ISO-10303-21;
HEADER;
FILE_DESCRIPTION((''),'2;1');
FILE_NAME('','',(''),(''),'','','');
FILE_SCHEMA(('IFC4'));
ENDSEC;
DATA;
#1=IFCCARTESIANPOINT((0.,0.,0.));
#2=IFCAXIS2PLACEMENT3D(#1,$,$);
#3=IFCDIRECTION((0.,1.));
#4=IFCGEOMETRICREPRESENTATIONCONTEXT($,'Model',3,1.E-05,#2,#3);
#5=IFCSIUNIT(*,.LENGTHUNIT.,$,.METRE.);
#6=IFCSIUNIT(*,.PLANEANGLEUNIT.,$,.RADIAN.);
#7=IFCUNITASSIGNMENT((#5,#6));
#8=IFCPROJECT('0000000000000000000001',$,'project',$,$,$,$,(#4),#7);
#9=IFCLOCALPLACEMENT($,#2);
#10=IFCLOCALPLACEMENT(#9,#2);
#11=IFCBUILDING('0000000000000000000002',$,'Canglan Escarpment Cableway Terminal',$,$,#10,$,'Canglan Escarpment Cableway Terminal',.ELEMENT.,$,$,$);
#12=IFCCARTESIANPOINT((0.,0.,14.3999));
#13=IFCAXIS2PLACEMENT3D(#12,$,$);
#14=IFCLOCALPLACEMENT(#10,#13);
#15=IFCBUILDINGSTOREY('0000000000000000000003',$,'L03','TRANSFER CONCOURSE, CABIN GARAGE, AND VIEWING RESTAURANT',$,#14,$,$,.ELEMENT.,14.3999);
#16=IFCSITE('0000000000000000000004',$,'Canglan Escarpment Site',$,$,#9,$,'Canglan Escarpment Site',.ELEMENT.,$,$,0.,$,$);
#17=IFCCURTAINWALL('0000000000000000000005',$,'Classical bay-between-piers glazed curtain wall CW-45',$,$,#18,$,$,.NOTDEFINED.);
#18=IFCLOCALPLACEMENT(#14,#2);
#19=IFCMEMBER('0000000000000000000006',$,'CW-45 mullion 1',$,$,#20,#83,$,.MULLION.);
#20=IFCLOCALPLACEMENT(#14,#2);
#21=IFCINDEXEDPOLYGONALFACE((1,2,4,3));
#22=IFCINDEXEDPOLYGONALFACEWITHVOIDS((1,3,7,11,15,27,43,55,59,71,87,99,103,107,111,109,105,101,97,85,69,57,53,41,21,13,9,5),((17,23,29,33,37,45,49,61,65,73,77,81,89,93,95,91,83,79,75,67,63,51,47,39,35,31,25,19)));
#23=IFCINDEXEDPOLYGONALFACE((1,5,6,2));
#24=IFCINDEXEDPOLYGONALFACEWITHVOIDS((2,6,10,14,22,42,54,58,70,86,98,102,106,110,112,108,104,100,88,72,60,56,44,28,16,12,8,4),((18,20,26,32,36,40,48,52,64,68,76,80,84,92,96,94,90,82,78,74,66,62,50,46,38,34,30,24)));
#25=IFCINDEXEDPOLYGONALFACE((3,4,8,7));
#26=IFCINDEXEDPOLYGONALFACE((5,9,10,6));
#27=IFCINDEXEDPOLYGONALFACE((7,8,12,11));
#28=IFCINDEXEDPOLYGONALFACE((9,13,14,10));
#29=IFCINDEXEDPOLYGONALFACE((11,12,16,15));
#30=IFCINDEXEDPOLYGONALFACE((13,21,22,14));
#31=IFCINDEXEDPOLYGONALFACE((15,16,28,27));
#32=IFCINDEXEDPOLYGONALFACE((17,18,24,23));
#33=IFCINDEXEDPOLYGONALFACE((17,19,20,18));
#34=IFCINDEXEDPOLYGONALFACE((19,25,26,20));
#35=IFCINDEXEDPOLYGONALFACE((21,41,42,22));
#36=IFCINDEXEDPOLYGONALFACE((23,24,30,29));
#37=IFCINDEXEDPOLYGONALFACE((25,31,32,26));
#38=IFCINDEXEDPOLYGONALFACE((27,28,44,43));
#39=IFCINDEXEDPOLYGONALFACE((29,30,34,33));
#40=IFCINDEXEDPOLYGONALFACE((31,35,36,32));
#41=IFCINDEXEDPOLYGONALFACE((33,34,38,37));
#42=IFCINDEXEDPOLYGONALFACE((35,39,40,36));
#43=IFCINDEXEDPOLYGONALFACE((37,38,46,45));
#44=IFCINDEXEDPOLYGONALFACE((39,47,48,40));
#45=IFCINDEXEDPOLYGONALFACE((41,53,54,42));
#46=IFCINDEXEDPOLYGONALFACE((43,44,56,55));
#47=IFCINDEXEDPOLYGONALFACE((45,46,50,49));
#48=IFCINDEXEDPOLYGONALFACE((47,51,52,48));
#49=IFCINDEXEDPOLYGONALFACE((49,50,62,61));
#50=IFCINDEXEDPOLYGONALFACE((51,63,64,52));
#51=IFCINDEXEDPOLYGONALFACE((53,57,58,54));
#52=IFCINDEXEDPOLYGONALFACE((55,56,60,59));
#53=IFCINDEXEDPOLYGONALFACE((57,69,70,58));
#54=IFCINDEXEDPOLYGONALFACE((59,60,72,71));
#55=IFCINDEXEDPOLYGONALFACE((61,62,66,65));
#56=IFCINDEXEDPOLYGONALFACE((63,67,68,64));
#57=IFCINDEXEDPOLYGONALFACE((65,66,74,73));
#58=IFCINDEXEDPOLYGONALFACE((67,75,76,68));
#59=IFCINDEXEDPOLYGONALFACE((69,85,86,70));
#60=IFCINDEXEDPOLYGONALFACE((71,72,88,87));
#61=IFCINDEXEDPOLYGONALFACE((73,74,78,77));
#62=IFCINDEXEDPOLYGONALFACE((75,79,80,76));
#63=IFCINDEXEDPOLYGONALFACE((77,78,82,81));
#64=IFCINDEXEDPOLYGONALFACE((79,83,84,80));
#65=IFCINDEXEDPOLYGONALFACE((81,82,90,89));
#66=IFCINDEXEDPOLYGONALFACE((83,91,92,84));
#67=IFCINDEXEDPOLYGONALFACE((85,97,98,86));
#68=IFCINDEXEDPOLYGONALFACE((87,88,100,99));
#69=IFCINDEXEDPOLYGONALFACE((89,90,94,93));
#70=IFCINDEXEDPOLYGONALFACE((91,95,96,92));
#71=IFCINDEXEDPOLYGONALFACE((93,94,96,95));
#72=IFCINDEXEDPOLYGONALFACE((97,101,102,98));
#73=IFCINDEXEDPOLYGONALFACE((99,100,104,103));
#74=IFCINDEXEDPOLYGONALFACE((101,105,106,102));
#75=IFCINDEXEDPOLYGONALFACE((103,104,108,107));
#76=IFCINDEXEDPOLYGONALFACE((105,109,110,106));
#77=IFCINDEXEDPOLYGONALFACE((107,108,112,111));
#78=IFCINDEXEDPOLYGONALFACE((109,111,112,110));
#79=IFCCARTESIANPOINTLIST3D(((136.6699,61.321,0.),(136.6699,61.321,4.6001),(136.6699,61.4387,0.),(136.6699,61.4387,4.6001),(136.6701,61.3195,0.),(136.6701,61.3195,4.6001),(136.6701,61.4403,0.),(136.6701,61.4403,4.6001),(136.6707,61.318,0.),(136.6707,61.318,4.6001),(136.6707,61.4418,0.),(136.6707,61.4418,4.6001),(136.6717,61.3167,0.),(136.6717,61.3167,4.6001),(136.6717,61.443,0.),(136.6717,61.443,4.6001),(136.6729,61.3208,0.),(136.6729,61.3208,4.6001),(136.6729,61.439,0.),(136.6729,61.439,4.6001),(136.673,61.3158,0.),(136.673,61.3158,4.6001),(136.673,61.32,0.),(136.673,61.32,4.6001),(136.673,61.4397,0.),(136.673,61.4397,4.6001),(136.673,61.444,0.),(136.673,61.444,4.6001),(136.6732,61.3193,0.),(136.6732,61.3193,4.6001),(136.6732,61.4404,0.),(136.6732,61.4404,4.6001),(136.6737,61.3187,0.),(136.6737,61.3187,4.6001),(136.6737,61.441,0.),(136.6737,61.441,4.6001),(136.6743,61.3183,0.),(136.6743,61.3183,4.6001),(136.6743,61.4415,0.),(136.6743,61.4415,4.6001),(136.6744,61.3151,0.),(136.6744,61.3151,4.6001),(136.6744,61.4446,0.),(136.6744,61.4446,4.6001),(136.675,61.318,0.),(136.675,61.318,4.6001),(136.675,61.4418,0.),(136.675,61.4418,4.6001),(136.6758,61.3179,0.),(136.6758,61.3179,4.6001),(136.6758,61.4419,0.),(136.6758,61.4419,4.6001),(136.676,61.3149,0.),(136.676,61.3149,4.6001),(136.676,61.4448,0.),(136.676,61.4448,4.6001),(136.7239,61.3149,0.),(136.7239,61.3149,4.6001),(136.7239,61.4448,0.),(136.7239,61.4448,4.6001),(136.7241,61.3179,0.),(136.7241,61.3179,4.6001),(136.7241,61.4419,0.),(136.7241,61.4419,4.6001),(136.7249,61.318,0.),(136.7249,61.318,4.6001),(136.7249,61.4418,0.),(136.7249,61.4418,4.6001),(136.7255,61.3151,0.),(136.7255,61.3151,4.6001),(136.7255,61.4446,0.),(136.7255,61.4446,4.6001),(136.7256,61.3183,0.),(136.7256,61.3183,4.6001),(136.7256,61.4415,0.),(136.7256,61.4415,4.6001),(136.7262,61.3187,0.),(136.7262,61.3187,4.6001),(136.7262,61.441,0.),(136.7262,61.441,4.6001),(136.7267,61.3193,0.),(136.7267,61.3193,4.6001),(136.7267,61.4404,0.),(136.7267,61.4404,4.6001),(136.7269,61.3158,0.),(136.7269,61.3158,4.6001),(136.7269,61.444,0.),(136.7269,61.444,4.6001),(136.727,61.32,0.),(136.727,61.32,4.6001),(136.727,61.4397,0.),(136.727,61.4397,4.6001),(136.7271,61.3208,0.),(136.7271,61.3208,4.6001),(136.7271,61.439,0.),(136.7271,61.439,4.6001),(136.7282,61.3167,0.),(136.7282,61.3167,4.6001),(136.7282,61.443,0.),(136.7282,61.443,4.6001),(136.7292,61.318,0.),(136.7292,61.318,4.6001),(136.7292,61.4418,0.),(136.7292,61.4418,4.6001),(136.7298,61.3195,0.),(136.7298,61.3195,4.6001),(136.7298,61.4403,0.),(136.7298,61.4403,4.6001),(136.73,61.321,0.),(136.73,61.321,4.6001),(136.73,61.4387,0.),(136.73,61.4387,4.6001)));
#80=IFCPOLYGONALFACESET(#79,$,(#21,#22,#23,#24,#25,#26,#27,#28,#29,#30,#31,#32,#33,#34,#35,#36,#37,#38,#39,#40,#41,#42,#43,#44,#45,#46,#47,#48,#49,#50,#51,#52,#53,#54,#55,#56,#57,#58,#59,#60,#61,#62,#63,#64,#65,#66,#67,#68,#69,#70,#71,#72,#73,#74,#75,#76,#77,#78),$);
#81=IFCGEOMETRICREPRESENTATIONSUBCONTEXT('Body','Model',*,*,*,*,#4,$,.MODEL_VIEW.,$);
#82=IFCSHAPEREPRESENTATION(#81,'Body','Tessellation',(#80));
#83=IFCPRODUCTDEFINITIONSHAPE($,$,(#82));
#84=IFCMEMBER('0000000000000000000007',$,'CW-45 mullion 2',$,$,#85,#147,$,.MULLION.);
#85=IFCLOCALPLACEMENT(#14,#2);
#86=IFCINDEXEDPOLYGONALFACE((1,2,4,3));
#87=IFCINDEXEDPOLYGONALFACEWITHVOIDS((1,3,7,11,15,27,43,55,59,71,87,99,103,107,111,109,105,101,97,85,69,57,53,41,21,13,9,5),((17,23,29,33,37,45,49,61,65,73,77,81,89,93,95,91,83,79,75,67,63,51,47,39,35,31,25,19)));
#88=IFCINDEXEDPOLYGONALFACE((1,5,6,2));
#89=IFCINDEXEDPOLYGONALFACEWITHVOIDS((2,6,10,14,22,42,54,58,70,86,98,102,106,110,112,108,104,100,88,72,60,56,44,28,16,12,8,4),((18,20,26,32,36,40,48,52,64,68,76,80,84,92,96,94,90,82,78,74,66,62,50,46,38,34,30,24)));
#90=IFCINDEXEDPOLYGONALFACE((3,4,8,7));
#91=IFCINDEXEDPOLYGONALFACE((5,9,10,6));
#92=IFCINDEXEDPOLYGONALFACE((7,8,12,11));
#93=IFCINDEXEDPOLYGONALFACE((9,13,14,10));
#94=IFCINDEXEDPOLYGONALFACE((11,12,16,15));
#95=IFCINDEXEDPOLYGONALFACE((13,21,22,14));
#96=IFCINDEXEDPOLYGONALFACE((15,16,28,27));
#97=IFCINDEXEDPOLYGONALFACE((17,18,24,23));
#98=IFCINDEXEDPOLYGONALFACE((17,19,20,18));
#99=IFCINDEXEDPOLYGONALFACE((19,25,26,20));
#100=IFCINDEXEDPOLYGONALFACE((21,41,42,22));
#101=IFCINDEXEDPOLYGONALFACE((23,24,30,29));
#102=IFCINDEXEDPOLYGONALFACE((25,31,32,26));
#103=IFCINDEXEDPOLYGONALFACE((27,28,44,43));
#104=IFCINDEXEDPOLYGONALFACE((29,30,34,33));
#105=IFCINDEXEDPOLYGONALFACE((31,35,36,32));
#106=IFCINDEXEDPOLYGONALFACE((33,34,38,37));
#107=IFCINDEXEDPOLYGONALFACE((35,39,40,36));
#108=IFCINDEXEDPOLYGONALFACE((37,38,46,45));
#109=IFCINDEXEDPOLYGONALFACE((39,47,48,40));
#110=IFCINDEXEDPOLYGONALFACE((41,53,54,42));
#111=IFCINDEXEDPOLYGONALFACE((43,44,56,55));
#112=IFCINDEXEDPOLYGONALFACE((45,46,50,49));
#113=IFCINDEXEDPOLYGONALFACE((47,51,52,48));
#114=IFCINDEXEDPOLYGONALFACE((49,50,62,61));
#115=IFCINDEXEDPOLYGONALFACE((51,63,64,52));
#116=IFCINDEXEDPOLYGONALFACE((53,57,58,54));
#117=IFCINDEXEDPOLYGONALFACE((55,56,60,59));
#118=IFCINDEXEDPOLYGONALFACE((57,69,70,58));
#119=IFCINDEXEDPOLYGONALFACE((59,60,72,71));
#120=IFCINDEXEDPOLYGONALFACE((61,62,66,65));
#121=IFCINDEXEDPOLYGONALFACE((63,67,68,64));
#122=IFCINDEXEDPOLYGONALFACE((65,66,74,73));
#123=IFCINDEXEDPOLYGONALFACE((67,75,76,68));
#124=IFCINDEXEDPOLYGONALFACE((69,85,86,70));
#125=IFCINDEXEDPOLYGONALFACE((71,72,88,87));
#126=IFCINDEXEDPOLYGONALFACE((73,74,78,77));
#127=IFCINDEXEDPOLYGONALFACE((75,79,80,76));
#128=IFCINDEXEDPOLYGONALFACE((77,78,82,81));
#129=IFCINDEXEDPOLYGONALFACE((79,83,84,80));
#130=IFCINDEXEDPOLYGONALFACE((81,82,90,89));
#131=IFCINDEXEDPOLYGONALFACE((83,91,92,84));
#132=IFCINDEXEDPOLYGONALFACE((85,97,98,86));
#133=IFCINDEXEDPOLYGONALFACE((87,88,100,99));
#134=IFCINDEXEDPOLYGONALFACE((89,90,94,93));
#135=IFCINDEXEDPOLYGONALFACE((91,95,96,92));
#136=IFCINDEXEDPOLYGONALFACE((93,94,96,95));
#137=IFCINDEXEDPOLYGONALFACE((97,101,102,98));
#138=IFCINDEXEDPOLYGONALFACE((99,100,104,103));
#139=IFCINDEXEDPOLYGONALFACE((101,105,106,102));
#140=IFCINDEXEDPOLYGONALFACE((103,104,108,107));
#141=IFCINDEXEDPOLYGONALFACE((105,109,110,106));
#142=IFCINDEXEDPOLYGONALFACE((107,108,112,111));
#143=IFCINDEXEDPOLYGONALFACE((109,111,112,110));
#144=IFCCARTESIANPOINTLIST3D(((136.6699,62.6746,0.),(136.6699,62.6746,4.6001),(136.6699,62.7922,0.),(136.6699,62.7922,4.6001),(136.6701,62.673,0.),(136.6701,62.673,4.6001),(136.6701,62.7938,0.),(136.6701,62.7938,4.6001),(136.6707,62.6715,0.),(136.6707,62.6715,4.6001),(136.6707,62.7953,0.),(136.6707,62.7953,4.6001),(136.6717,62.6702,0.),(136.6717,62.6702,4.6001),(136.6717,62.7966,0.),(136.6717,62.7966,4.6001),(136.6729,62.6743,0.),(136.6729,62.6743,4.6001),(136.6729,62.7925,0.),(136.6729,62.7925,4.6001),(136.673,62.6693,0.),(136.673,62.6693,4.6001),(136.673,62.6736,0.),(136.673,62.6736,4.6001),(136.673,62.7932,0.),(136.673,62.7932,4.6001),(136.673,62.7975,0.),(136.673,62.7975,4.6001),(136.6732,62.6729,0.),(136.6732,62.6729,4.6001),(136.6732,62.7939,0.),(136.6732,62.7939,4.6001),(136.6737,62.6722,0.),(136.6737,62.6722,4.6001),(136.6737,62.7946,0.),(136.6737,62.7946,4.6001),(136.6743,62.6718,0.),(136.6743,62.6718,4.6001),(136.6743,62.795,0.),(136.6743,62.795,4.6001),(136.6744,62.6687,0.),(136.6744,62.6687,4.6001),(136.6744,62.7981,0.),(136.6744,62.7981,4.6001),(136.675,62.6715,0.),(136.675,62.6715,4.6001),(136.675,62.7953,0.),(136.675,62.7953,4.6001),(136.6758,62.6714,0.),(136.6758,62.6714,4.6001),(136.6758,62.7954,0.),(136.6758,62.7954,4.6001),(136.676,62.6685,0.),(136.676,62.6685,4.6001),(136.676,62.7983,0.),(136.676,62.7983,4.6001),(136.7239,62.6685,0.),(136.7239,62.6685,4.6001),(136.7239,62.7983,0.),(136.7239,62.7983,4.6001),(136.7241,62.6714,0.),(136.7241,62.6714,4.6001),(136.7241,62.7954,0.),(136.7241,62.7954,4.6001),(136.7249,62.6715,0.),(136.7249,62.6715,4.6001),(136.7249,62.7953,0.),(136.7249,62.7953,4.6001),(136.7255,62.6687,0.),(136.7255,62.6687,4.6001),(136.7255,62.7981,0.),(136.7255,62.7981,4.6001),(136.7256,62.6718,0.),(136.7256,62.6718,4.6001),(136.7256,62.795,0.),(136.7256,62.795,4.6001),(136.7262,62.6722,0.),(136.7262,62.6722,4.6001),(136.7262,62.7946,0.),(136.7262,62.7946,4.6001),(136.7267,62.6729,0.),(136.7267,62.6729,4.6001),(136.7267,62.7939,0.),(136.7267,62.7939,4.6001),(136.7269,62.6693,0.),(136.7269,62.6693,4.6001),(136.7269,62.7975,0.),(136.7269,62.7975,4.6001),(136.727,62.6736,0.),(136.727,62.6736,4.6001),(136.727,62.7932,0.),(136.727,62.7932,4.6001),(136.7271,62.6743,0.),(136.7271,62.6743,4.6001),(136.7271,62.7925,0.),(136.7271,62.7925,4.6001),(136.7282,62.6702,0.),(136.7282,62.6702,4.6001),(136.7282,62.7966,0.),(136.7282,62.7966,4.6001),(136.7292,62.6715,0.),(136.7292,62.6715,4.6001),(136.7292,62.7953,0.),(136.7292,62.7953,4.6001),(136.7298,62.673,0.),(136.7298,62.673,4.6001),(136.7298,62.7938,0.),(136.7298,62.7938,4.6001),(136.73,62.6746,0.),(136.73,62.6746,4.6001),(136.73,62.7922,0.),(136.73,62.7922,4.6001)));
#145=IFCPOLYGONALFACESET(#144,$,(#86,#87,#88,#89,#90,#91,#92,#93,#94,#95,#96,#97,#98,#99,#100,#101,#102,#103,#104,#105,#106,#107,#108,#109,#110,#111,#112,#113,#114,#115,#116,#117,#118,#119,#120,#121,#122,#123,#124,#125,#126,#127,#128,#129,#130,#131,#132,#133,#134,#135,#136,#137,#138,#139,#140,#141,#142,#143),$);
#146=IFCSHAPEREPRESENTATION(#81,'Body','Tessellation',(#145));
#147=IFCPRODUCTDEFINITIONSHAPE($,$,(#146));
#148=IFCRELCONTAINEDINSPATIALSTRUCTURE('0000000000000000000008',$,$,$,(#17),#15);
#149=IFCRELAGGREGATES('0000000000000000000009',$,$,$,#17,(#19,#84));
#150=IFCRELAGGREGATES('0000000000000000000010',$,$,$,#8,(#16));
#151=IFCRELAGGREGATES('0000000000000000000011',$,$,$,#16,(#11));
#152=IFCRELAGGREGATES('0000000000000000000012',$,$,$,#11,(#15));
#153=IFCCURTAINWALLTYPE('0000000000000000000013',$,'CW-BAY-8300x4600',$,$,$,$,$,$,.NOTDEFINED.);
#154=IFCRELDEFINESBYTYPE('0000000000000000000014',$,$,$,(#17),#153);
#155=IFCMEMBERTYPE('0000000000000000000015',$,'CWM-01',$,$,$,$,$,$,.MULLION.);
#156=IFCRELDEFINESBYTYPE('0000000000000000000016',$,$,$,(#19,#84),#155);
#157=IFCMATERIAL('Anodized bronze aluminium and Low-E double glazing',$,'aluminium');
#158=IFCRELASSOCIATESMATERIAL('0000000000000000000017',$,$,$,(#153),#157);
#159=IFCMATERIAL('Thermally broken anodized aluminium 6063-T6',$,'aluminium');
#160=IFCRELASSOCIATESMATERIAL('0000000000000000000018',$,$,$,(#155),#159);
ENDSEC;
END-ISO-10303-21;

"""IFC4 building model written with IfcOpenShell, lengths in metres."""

from ifc_helpers import new_model, si_unit, direction, frame, origin, origin_2d, place, context, subcontext, project, spatial, hollow_rectangle, extrude, material, material_profile, profile_set, type_object, element, aggregate, save


model = new_model("IFC4")

# Units and contexts
model_context = context("Model", 3, precision=1e-05, world=origin(), true_north=direction((0.0, 1.0)))
body_context = subcontext(model_context, "Body", "Model", "MODEL_VIEW")
ifc_project = project(units=[si_unit("LENGTHUNIT", "METRE"), si_unit("PLANEANGLEUNIT", "RADIAN")], contexts=[model_context])

# Site, building, storey
site_placement = place(None, origin())
site = spatial("IfcSite", under=ifc_project, at=site_placement, Name="Canglan Escarpment Site", LongName="Canglan Escarpment Site", CompositionType="ELEMENT", RefElevation=0.0)
building_placement = place(site_placement, origin())
building = spatial("IfcBuilding", under=site, at=building_placement, Name="Canglan Escarpment Cableway Terminal", LongName="Canglan Escarpment Cableway Terminal", CompositionType="ELEMENT")
storey_placement = place(building_placement, frame((0.0, 0.0, 14.3999)))
storey = spatial("IfcBuildingStorey", under=building, at=storey_placement, Name="L03", Description="TRANSFER CONCOURSE, CABIN GARAGE, AND VIEWING RESTAURANT", CompositionType="ELEMENT", Elevation=14.3999)

# Curtain wall, members
ifc_material_1 = material(Name="Anodized bronze aluminium and Low-E double glazing", Category="aluminium")
curtain_wall_type = type_object("IfcCurtainWallType", Name="CW-BAY-8300x4600", PredefinedType="NOTDEFINED", material=ifc_material_1)
curtain_wall_placement = place(storey_placement, origin())
curtain_wall = element("IfcCurtainWall", 1, at=curtain_wall_placement, inside=storey, type_object=curtain_wall_type, Name="Classical bay-between-piers glazed curtain wall CW-45", PredefinedType="NOTDEFINED")
ifc_material_2 = material(Name="Thermally broken anodized aluminium 6063-T6", Category="aluminium")
ifc_material_profile_1 = material_profile(ifc_material_2, hollow_rectangle(XDim=0.0601, YDim=0.1299, WallThickness=0.0029, InnerFilletRadius=0.0029, OuterFilletRadius=0.0061, at=origin_2d()), Name="ALU-MULL 60x130x3")
ifc_profile_set_1 = profile_set([ifc_material_profile_1], Name="Thermally broken anodized aluminium 6063-T6")
member_type_1 = type_object("IfcMemberType", Name="CWM-01", PredefinedType="MULLION", material=ifc_profile_set_1)
member_1_placement = place(storey_placement, frame((136.7, 61.3799, 0.0), z_axis=(0.0, 0.0, 1.0), x_axis=(-1.0, 0.0, 0.0)))
member_1 = element("IfcMember", 2, at=member_1_placement, type_object=member_type_1, Name="CW-45 mullion 1", PredefinedType="MULLION", context=body_context, shape_type="SweptSolid", body=[
    extrude(hollow_rectangle(XDim=0.0601, YDim=0.1299, WallThickness=0.0029, InnerFilletRadius=0.0029, OuterFilletRadius=0.0061, at=origin_2d()), origin(), (0.0, 0.0, 1.0), 4.6001),
])
member_2_placement = place(storey_placement, frame((136.7, 62.7334, 0.0), z_axis=(0.0, 0.0, 1.0), x_axis=(-1.0, 0.0, 0.0)))
member_2 = element("IfcMember", 3, at=member_2_placement, type_object=member_type_1, Name="CW-45 mullion 2", PredefinedType="MULLION", context=body_context, shape_type="SweptSolid", body=[
    extrude(hollow_rectangle(XDim=0.0601, YDim=0.1299, WallThickness=0.0029, InnerFilletRadius=0.0029, OuterFilletRadius=0.0061, at=origin_2d()), origin(), (0.0, 0.0, 1.0), 4.6001),
])

aggregate(curtain_wall, [member_1, member_2])

save(model, "model.ifc")
